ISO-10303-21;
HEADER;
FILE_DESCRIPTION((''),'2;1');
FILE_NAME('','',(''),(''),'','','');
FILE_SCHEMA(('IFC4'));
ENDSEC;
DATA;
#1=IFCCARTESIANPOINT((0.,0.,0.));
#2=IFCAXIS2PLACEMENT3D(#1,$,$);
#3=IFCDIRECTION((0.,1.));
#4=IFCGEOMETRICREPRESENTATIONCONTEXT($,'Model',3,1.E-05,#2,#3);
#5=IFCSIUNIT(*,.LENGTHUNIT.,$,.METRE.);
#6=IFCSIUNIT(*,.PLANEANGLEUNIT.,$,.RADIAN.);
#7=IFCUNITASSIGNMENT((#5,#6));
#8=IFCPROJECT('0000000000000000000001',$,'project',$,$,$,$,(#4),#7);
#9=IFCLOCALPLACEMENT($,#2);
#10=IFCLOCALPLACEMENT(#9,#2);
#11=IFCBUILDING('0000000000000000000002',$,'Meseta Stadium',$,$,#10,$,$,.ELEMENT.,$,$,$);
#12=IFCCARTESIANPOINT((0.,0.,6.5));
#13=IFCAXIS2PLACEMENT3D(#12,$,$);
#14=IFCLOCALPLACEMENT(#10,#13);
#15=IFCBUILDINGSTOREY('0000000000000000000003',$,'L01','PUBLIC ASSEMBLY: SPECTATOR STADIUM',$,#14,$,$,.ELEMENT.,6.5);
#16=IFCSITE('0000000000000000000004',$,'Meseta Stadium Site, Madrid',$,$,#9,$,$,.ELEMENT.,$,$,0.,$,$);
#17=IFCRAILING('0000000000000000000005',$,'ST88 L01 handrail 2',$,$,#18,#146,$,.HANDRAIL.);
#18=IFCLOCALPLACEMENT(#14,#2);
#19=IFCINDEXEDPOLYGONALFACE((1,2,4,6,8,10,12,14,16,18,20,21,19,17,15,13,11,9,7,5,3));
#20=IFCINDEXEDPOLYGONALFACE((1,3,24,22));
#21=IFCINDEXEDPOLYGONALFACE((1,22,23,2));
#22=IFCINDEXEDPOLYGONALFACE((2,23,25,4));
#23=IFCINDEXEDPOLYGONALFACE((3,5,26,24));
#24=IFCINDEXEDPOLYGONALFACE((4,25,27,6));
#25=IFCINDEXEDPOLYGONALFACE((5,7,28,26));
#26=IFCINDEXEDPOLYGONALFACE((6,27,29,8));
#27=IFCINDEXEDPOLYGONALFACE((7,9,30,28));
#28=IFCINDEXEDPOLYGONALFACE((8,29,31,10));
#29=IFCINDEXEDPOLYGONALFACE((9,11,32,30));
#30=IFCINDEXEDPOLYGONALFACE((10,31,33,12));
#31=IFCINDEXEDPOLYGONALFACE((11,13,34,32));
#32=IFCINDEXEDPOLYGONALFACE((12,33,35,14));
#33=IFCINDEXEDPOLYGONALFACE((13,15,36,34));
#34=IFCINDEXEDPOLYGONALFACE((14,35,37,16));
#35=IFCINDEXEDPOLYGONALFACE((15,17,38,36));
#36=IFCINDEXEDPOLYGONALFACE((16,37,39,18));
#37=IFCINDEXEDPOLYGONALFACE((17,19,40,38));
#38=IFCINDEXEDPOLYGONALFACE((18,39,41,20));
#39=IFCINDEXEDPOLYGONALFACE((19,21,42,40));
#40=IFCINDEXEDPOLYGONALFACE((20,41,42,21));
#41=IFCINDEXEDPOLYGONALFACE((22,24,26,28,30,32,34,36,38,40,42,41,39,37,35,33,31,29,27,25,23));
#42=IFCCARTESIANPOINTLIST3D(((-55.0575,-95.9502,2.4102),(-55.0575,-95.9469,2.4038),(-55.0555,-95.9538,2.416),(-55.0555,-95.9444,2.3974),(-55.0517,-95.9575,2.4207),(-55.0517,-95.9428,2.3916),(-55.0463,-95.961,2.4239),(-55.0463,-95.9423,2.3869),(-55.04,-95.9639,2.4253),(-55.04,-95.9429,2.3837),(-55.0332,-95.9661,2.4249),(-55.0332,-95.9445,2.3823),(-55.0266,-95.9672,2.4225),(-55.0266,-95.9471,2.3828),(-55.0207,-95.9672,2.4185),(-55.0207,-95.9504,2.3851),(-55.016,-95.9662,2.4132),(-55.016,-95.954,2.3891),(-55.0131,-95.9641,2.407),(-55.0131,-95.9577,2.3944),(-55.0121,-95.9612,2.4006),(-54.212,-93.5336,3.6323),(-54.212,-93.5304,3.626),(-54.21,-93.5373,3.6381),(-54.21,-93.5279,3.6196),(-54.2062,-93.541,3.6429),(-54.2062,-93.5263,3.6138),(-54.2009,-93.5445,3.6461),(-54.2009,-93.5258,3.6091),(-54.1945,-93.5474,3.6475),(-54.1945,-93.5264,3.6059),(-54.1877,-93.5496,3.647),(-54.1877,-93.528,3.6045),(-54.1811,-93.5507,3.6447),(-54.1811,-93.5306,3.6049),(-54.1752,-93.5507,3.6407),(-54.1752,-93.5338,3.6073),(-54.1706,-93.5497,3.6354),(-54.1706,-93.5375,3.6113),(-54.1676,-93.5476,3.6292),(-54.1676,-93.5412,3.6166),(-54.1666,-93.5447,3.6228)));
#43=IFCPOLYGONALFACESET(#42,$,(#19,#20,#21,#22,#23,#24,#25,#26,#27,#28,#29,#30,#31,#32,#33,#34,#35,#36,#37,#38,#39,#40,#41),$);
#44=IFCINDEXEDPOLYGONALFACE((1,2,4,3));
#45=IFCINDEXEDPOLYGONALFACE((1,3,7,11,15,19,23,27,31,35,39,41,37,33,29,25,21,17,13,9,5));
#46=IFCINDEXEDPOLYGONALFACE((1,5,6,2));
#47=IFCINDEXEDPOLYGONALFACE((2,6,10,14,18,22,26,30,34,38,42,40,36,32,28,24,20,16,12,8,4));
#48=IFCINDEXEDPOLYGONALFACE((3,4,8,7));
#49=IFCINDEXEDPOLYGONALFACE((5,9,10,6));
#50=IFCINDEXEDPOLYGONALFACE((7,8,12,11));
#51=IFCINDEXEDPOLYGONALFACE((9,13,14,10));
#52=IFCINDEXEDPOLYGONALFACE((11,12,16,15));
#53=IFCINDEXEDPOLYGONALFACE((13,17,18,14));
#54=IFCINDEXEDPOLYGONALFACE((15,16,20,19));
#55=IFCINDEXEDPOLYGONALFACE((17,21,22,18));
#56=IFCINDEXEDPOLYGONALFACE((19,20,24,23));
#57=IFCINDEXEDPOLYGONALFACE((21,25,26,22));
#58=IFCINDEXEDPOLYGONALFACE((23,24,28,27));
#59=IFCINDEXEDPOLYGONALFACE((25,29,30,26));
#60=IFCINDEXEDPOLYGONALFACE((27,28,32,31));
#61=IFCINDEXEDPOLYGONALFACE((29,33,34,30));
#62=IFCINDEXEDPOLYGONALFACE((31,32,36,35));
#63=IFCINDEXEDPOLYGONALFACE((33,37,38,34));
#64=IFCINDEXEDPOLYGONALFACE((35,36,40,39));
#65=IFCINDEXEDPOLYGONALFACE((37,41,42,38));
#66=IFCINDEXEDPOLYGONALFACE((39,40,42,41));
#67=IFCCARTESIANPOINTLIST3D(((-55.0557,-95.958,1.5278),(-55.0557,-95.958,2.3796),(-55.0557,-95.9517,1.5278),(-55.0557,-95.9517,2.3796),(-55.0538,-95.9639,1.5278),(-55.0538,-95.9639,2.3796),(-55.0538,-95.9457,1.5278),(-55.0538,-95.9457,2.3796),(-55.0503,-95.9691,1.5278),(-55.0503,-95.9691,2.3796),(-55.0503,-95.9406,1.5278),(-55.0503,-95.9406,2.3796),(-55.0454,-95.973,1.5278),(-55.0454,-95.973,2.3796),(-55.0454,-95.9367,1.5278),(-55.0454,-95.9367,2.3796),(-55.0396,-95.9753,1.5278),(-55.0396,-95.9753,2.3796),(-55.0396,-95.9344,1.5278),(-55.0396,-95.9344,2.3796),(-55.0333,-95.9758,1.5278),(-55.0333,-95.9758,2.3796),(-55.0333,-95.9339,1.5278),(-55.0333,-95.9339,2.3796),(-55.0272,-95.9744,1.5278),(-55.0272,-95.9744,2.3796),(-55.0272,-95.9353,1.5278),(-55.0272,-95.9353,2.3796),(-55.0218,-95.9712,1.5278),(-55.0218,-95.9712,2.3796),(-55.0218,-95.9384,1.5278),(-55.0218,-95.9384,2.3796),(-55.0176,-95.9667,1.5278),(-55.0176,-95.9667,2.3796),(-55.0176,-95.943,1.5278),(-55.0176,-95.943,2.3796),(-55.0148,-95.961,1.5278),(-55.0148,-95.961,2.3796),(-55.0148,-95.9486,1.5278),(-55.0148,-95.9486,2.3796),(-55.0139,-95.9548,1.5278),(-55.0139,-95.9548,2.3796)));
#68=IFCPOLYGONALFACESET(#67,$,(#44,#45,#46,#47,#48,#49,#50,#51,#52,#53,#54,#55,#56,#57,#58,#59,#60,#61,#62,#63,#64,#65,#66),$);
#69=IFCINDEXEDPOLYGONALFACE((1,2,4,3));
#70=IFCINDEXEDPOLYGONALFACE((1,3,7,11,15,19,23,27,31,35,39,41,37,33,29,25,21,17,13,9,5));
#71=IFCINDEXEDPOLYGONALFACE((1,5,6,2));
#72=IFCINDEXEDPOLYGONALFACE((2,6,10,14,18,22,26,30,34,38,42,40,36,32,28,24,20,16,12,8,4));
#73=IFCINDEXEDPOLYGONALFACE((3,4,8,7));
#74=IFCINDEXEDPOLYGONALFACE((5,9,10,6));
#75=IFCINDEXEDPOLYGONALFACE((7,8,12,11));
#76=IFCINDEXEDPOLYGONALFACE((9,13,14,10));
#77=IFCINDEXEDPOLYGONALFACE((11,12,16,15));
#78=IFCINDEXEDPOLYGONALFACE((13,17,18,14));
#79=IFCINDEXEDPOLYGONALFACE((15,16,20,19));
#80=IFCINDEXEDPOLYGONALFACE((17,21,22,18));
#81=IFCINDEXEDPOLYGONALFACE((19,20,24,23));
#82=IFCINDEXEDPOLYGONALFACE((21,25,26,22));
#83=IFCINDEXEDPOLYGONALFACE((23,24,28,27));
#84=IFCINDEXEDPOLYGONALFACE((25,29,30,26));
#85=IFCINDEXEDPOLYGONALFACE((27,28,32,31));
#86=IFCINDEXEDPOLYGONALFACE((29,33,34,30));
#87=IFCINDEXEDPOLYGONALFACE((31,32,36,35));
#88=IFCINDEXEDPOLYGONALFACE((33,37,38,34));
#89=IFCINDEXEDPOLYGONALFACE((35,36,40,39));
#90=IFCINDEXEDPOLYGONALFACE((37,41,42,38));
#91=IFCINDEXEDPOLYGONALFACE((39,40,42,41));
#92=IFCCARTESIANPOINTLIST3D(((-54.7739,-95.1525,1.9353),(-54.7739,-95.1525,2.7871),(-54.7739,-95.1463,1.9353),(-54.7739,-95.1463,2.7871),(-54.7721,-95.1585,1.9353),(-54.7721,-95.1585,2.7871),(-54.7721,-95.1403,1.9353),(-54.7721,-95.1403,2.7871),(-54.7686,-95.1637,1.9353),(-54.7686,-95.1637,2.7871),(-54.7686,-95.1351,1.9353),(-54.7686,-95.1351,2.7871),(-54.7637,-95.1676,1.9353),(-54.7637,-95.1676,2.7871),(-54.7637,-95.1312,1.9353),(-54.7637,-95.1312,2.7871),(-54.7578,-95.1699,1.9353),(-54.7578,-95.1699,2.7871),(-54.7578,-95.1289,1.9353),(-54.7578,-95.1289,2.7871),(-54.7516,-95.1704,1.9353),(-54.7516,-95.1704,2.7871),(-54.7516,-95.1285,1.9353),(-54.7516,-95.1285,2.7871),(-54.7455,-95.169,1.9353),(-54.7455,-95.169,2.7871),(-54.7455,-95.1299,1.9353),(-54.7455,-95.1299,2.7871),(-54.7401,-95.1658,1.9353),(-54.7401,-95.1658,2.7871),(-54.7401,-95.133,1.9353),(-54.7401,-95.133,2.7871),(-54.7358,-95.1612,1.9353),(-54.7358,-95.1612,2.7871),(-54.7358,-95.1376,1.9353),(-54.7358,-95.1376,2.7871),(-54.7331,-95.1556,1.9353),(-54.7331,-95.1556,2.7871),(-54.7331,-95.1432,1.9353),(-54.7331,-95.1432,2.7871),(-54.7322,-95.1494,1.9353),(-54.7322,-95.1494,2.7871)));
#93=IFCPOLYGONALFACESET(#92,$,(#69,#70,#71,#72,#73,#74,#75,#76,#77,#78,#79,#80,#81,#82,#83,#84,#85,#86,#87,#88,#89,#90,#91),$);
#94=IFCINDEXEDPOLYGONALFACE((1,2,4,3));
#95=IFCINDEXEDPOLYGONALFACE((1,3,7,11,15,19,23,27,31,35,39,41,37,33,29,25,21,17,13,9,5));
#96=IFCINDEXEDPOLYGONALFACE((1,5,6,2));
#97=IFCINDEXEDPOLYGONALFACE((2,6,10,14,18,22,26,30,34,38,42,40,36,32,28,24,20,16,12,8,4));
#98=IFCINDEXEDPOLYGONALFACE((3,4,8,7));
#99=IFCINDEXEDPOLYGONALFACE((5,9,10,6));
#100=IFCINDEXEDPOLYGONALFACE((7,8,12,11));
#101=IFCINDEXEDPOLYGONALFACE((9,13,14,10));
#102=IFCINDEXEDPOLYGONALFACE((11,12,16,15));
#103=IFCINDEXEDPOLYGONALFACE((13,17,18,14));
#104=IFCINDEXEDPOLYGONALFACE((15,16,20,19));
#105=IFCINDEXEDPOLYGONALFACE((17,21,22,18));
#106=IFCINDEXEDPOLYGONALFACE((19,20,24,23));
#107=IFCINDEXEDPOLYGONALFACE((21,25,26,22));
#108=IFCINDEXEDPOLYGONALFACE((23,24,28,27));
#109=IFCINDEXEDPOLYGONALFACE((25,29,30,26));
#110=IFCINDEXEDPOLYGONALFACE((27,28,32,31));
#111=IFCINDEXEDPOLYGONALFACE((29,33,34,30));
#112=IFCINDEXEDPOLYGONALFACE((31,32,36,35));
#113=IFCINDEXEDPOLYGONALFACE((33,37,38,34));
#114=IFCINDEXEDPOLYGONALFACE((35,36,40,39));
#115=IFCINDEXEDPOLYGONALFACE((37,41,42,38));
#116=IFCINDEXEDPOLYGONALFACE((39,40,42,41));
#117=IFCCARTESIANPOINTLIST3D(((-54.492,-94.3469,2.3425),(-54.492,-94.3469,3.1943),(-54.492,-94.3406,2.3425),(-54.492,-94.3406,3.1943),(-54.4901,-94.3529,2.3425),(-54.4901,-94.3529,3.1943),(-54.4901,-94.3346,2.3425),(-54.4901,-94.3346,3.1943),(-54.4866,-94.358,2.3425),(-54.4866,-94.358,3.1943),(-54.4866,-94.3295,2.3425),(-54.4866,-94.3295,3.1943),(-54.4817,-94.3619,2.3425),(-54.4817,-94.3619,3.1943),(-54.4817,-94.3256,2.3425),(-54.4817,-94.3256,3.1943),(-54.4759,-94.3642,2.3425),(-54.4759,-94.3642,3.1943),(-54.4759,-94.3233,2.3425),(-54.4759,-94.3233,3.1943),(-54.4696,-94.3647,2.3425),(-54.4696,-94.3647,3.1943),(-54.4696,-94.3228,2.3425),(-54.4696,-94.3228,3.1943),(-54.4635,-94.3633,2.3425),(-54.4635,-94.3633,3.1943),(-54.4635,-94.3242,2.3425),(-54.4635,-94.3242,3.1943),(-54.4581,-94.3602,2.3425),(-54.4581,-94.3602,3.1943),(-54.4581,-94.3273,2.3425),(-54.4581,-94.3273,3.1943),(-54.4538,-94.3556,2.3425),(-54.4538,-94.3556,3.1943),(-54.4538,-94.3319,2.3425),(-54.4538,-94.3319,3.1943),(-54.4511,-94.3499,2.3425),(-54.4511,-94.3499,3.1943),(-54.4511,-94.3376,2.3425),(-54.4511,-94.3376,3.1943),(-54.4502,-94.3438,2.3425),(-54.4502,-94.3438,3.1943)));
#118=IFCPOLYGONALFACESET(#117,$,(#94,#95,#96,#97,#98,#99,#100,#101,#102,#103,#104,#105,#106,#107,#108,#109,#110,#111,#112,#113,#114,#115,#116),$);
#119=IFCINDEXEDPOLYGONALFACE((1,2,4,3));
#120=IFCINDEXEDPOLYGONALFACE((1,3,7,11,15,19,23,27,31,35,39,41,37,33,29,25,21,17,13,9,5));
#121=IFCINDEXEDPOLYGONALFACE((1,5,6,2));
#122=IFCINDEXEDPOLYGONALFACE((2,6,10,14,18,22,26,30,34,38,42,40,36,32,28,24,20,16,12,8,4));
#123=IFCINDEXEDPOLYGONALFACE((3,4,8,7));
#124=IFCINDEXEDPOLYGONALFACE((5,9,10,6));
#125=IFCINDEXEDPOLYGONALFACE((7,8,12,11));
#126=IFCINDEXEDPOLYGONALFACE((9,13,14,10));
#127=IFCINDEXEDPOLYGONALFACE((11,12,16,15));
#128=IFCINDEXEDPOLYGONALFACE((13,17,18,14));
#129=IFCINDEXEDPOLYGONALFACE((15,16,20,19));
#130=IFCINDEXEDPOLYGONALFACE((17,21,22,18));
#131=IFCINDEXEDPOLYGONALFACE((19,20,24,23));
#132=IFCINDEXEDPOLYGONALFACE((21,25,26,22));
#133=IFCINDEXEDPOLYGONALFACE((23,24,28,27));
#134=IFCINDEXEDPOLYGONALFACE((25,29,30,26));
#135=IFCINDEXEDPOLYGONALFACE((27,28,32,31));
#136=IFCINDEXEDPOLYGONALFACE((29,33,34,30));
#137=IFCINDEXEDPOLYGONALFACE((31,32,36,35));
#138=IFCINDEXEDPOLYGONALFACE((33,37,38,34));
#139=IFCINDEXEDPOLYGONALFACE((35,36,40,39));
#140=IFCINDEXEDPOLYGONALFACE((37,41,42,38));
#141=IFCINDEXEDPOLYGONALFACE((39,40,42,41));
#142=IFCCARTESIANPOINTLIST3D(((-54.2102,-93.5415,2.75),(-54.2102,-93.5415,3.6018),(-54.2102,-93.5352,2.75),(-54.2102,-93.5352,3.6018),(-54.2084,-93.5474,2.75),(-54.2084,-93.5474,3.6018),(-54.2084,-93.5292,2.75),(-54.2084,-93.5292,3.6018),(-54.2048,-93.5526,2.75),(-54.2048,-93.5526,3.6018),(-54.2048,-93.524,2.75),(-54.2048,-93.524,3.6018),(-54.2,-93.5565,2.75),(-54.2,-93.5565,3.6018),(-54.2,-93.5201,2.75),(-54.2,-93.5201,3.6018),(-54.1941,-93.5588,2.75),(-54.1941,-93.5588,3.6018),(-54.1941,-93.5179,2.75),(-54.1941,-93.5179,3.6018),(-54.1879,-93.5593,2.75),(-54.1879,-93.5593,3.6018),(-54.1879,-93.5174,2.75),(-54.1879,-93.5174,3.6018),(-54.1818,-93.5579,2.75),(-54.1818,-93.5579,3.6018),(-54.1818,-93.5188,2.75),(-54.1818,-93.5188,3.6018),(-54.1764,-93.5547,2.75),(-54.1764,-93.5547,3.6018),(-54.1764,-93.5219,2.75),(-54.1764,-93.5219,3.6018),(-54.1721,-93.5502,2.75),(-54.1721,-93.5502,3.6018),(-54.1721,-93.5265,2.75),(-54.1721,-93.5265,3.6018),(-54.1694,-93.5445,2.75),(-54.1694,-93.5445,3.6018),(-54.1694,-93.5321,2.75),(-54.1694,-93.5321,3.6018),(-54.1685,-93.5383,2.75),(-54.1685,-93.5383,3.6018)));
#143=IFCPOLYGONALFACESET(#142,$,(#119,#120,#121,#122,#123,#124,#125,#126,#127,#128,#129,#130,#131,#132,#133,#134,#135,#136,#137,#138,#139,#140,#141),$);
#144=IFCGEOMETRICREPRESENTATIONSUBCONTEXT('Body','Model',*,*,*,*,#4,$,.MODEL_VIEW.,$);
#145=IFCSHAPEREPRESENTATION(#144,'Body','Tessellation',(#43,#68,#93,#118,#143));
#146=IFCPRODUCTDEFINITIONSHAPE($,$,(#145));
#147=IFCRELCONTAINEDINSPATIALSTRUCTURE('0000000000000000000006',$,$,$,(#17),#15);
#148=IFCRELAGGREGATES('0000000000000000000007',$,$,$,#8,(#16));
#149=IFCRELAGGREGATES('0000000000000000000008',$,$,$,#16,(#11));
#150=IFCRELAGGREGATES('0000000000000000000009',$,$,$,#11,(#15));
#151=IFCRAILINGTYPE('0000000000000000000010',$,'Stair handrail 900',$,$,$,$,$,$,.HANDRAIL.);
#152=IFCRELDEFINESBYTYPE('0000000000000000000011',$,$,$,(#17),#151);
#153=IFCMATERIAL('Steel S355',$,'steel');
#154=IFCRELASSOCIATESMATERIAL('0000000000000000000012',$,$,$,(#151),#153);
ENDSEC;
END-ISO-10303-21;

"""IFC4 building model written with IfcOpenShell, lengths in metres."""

from ifc_helpers import new_model, si_unit, direction, frame, origin, origin_2d, place, context, subcontext, project, spatial, circle, extrude, material, type_object, element, save


model = new_model("IFC4")

# Units and contexts
model_context = context("Model", 3, precision=1e-05, world=origin(), true_north=direction((0.0, 1.0)))
body_context = subcontext(model_context, "Body", "Model", "MODEL_VIEW")
ifc_project = project(units=[si_unit("LENGTHUNIT", "METRE"), si_unit("PLANEANGLEUNIT", "RADIAN")], contexts=[model_context])

# Site, building, storey
site_placement = place(None, origin())
site = spatial("IfcSite", under=ifc_project, at=site_placement, Name="Meseta Stadium Site, Madrid", CompositionType="ELEMENT", RefElevation=0.0)
building_placement = place(site_placement, origin())
building = spatial("IfcBuilding", under=site, at=building_placement, Name="Meseta Stadium", CompositionType="ELEMENT")
storey_placement = place(building_placement, frame((0.0, 0.0, 6.5)))
storey = spatial("IfcBuildingStorey", under=building, at=storey_placement, Name="L01", Description="PUBLIC ASSEMBLY: SPECTATOR STADIUM", CompositionType="ELEMENT", Elevation=6.5)

# Railing
ifc_material_1 = material(Name="Steel S355", Category="steel")
railing_type_1 = type_object("IfcRailingType", Name="Stair handrail 900", PredefinedType="HANDRAIL", material=ifc_material_1)
for number, where, name in (
    (1, (-55.0349, -95.9548, 1.5278), "ST88 L01 handrail 2"),
):
    element("IfcRailing", number, at=place(storey_placement, frame(where)), inside=storey, type_object=railing_type_1, Name=name, PredefinedType="HANDRAIL", context=body_context, shape_type="SweptSolid", body=[
        extrude(circle(Radius=0.0239, at=origin_2d()), frame((0.0, 0.0, 0.876), z_axis=(0.298022, 0.851812, 0.430811), x_axis=(-0.943897, 0.33024, 0.0)), (0.0, 0.0, 1.0), 2.8369),
        extrude(circle(Radius=0.021, at=origin_2d()), origin(), (0.0, 0.0, 1.0), 0.8518),
        extrude(circle(Radius=0.021, at=origin_2d()), frame((0.2817, 0.8054, 0.4075)), (0.0, 0.0, 1.0), 0.8518),
        extrude(circle(Radius=0.021, at=origin_2d()), frame((0.5637, 1.6111, 0.8147)), (0.0, 0.0, 1.0), 0.8518),
        extrude(circle(Radius=0.021, at=origin_2d()), frame((0.8455, 2.4165, 1.2222)), (0.0, 0.0, 1.0), 0.8518),
    ])

save(model, "model.ifc")
